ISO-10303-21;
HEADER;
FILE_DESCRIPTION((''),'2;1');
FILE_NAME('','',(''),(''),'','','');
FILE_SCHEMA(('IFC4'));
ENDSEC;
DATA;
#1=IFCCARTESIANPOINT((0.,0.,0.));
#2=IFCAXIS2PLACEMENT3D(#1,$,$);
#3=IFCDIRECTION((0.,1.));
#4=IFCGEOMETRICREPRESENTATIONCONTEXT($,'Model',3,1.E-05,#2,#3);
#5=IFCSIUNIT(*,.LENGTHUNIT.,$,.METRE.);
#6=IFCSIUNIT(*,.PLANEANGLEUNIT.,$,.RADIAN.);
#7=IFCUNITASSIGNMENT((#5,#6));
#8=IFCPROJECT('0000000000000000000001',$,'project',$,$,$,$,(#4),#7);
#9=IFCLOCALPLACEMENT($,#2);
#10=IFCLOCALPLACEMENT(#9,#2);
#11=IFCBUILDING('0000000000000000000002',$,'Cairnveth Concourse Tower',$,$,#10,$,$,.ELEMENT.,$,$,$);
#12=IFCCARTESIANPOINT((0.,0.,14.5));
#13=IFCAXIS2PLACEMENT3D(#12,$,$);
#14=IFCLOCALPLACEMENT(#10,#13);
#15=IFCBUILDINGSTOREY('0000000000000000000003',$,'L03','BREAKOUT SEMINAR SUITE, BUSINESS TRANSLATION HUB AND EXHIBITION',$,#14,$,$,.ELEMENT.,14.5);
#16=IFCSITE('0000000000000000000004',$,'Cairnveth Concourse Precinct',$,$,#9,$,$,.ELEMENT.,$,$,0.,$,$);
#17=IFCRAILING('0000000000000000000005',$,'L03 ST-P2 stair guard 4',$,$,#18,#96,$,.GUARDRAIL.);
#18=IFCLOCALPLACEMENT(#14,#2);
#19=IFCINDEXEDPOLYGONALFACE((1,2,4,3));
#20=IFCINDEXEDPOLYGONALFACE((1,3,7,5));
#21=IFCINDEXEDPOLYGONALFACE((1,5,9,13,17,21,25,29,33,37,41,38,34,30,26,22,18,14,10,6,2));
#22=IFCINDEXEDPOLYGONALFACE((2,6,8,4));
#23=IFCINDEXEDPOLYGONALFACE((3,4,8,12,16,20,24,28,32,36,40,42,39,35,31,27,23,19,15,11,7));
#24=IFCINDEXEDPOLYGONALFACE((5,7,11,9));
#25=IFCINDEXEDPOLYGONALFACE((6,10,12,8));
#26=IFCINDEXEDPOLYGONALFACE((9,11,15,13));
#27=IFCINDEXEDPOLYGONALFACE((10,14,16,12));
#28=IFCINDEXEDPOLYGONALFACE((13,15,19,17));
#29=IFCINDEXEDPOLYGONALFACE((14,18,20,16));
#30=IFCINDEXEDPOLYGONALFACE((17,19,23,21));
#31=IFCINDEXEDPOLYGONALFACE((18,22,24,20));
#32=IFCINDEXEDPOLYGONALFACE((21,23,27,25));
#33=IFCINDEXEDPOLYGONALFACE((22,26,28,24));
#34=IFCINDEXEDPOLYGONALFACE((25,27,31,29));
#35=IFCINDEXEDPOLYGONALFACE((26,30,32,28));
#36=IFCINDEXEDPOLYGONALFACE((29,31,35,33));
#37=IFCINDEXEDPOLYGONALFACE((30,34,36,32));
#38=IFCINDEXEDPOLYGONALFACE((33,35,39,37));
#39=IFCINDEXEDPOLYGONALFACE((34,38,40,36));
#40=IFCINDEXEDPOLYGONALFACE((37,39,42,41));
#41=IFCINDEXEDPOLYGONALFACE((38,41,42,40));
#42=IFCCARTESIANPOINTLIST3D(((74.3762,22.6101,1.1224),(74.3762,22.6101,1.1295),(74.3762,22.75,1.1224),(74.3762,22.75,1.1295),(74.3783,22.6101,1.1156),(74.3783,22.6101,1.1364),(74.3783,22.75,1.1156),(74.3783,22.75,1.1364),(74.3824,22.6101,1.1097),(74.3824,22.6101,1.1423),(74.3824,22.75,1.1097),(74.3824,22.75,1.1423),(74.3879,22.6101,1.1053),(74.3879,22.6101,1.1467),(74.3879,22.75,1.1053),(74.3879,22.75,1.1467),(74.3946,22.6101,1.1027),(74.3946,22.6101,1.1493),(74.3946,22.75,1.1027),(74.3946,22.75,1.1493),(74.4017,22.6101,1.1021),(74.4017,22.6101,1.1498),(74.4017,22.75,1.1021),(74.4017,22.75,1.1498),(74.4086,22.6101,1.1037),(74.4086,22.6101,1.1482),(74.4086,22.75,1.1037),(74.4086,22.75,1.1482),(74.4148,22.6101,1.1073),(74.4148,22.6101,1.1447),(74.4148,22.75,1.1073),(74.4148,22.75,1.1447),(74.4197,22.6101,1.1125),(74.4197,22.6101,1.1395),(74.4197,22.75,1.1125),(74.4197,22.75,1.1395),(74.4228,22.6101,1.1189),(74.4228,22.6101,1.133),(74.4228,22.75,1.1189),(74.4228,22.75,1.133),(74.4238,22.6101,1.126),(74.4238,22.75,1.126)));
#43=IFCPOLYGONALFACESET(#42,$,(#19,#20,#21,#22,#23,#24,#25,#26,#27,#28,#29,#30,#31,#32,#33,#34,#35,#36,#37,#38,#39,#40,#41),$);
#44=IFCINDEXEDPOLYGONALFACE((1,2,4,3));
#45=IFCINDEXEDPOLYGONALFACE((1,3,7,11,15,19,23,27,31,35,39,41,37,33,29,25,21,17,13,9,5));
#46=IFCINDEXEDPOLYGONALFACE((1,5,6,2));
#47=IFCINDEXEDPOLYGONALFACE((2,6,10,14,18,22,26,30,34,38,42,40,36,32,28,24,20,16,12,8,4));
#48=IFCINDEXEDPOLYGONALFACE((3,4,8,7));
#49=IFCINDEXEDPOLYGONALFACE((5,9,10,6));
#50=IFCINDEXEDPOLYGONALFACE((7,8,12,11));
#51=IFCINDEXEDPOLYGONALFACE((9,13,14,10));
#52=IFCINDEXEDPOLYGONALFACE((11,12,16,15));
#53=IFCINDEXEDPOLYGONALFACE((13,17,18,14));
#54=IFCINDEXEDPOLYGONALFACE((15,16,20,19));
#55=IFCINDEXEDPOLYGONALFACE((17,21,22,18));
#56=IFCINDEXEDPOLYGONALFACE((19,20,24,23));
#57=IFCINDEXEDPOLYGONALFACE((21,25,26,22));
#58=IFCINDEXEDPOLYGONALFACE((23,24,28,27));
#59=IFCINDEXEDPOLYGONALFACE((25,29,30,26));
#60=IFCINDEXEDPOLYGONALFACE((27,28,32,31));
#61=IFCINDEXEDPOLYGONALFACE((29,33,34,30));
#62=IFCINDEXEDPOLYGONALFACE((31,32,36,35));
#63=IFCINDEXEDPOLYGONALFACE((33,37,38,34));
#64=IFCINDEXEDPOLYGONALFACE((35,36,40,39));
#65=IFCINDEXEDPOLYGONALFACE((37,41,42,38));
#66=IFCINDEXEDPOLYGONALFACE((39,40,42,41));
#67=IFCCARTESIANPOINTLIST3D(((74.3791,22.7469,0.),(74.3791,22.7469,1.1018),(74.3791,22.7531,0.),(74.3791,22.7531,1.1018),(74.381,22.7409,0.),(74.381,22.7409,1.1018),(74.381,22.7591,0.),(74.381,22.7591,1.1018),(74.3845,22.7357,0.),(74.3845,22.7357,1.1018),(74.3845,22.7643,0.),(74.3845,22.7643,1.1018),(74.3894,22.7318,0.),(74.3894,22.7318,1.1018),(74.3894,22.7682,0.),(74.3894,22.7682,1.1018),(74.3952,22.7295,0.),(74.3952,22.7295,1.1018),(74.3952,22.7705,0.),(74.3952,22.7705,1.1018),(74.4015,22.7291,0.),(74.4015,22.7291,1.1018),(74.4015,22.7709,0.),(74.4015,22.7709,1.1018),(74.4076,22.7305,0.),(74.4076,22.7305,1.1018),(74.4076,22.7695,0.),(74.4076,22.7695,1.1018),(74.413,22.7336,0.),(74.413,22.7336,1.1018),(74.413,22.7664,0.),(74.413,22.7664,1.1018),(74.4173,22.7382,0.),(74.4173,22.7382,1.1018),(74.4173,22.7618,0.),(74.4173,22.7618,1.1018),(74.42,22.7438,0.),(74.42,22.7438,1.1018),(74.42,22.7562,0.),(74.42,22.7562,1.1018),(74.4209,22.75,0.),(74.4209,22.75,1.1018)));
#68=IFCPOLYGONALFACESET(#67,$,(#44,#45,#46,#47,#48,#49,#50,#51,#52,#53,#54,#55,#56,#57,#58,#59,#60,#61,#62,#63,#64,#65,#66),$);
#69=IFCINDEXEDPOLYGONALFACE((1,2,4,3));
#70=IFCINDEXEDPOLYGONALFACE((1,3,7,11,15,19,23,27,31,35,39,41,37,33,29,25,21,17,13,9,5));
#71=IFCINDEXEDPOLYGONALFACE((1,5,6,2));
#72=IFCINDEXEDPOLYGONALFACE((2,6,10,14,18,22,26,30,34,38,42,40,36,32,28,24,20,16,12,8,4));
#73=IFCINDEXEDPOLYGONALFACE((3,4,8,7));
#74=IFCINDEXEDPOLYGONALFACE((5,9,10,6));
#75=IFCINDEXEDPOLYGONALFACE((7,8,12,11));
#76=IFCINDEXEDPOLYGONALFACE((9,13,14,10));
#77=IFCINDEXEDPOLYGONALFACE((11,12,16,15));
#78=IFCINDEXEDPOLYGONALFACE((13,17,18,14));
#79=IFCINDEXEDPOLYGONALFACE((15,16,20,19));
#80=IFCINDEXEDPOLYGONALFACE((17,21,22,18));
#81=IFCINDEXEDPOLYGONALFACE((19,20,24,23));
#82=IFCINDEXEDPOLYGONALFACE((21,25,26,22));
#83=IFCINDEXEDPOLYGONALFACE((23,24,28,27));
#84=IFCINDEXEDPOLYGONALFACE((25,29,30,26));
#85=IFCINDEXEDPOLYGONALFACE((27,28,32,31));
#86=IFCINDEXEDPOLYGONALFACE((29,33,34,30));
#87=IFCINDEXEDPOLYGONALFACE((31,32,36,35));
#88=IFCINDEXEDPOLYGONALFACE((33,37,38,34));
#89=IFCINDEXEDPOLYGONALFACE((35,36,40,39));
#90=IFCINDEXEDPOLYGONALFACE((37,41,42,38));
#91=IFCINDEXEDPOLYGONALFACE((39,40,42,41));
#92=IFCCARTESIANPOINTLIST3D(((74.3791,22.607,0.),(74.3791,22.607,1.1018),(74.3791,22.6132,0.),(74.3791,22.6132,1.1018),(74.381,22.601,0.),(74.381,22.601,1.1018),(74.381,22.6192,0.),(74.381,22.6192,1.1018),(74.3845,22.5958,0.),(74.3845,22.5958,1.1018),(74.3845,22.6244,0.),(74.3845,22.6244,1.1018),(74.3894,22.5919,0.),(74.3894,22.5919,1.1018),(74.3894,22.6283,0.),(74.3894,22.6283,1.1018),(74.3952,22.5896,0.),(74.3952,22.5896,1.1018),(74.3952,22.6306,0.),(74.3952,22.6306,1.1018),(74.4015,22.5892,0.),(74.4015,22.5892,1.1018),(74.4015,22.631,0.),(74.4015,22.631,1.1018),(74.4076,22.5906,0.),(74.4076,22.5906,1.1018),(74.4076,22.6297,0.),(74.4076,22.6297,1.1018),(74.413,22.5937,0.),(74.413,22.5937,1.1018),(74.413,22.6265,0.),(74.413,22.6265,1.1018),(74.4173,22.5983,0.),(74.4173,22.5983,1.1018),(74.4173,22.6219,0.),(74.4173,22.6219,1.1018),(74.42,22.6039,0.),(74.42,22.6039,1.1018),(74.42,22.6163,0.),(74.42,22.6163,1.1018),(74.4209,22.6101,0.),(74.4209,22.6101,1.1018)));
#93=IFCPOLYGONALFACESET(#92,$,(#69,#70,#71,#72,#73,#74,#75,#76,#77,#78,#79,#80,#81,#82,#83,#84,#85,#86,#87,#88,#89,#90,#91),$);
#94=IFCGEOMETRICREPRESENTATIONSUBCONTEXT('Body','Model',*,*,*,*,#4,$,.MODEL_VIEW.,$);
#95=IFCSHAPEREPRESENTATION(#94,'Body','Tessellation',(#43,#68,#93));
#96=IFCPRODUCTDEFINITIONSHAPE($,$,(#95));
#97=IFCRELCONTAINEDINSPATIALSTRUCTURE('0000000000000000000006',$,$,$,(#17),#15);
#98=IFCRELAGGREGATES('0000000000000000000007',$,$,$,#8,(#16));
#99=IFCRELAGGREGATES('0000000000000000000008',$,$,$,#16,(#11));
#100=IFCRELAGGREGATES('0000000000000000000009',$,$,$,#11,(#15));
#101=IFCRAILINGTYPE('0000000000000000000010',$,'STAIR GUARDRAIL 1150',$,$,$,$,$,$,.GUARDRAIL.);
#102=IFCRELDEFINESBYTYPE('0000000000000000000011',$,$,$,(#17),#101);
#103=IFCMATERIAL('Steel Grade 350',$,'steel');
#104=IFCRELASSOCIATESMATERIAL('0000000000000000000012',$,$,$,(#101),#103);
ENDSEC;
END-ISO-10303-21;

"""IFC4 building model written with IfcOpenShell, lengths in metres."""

from ifc_helpers import new_model, si_unit, direction, frame, origin, origin_2d, place, context, subcontext, project, spatial, circle, extrude, material, type_object, element, save


model = new_model("IFC4")

# Units and contexts
model_context = context("Model", 3, precision=1e-05, world=origin(), true_north=direction((0.0, 1.0)))
body_context = subcontext(model_context, "Body", "Model", "MODEL_VIEW")
ifc_project = project(units=[si_unit("LENGTHUNIT", "METRE"), si_unit("PLANEANGLEUNIT", "RADIAN")], contexts=[model_context])

# Site, building, storey
site_placement = place(None, origin())
site = spatial("IfcSite", under=ifc_project, at=site_placement, Name="Cairnveth Concourse Precinct", CompositionType="ELEMENT", RefElevation=0.0)
building_placement = place(site_placement, origin())
building = spatial("IfcBuilding", under=site, at=building_placement, Name="Cairnveth Concourse Tower", CompositionType="ELEMENT")
storey_placement = place(building_placement, frame((0.0, 0.0, 14.5)))
storey = spatial("IfcBuildingStorey", under=building, at=storey_placement, Name="L03", Description="BREAKOUT SEMINAR SUITE, BUSINESS TRANSLATION HUB AND EXHIBITION", CompositionType="ELEMENT", Elevation=14.5)

# Shared definitions
ifc_material_1 = material(Name="Steel Grade 350", Category="steel")

# Railing
railing_type = type_object("IfcRailingType", Name="STAIR GUARDRAIL 1150", PredefinedType="GUARDRAIL", material=ifc_material_1)
railing_placement = place(storey_placement, frame((74.3999, 22.75, 0.0)))
element("IfcRailing", 1, at=railing_placement, inside=storey, type_object=railing_type, Name="L03 ST-P2 stair guard 4", PredefinedType="GUARDRAIL", context=body_context, shape_type="SweptSolid", body=[
    extrude(circle(Radius=0.0239, at=origin_2d()), frame((0.0, 0.0, 1.126), z_axis=(0.0, -1.0, 0.0), x_axis=(1.0, 0.0, 0.0)), (0.0, 0.0, 1.0), 0.1399),
    extrude(circle(Radius=0.021, at=origin_2d()), origin(), (0.0, 0.0, 1.0), 1.1018),
    extrude(circle(Radius=0.021, at=origin_2d()), frame((0.0, -0.1399, 0.0)), (0.0, 0.0, 1.0), 1.1018),
])

save(model, "model.ifc")
